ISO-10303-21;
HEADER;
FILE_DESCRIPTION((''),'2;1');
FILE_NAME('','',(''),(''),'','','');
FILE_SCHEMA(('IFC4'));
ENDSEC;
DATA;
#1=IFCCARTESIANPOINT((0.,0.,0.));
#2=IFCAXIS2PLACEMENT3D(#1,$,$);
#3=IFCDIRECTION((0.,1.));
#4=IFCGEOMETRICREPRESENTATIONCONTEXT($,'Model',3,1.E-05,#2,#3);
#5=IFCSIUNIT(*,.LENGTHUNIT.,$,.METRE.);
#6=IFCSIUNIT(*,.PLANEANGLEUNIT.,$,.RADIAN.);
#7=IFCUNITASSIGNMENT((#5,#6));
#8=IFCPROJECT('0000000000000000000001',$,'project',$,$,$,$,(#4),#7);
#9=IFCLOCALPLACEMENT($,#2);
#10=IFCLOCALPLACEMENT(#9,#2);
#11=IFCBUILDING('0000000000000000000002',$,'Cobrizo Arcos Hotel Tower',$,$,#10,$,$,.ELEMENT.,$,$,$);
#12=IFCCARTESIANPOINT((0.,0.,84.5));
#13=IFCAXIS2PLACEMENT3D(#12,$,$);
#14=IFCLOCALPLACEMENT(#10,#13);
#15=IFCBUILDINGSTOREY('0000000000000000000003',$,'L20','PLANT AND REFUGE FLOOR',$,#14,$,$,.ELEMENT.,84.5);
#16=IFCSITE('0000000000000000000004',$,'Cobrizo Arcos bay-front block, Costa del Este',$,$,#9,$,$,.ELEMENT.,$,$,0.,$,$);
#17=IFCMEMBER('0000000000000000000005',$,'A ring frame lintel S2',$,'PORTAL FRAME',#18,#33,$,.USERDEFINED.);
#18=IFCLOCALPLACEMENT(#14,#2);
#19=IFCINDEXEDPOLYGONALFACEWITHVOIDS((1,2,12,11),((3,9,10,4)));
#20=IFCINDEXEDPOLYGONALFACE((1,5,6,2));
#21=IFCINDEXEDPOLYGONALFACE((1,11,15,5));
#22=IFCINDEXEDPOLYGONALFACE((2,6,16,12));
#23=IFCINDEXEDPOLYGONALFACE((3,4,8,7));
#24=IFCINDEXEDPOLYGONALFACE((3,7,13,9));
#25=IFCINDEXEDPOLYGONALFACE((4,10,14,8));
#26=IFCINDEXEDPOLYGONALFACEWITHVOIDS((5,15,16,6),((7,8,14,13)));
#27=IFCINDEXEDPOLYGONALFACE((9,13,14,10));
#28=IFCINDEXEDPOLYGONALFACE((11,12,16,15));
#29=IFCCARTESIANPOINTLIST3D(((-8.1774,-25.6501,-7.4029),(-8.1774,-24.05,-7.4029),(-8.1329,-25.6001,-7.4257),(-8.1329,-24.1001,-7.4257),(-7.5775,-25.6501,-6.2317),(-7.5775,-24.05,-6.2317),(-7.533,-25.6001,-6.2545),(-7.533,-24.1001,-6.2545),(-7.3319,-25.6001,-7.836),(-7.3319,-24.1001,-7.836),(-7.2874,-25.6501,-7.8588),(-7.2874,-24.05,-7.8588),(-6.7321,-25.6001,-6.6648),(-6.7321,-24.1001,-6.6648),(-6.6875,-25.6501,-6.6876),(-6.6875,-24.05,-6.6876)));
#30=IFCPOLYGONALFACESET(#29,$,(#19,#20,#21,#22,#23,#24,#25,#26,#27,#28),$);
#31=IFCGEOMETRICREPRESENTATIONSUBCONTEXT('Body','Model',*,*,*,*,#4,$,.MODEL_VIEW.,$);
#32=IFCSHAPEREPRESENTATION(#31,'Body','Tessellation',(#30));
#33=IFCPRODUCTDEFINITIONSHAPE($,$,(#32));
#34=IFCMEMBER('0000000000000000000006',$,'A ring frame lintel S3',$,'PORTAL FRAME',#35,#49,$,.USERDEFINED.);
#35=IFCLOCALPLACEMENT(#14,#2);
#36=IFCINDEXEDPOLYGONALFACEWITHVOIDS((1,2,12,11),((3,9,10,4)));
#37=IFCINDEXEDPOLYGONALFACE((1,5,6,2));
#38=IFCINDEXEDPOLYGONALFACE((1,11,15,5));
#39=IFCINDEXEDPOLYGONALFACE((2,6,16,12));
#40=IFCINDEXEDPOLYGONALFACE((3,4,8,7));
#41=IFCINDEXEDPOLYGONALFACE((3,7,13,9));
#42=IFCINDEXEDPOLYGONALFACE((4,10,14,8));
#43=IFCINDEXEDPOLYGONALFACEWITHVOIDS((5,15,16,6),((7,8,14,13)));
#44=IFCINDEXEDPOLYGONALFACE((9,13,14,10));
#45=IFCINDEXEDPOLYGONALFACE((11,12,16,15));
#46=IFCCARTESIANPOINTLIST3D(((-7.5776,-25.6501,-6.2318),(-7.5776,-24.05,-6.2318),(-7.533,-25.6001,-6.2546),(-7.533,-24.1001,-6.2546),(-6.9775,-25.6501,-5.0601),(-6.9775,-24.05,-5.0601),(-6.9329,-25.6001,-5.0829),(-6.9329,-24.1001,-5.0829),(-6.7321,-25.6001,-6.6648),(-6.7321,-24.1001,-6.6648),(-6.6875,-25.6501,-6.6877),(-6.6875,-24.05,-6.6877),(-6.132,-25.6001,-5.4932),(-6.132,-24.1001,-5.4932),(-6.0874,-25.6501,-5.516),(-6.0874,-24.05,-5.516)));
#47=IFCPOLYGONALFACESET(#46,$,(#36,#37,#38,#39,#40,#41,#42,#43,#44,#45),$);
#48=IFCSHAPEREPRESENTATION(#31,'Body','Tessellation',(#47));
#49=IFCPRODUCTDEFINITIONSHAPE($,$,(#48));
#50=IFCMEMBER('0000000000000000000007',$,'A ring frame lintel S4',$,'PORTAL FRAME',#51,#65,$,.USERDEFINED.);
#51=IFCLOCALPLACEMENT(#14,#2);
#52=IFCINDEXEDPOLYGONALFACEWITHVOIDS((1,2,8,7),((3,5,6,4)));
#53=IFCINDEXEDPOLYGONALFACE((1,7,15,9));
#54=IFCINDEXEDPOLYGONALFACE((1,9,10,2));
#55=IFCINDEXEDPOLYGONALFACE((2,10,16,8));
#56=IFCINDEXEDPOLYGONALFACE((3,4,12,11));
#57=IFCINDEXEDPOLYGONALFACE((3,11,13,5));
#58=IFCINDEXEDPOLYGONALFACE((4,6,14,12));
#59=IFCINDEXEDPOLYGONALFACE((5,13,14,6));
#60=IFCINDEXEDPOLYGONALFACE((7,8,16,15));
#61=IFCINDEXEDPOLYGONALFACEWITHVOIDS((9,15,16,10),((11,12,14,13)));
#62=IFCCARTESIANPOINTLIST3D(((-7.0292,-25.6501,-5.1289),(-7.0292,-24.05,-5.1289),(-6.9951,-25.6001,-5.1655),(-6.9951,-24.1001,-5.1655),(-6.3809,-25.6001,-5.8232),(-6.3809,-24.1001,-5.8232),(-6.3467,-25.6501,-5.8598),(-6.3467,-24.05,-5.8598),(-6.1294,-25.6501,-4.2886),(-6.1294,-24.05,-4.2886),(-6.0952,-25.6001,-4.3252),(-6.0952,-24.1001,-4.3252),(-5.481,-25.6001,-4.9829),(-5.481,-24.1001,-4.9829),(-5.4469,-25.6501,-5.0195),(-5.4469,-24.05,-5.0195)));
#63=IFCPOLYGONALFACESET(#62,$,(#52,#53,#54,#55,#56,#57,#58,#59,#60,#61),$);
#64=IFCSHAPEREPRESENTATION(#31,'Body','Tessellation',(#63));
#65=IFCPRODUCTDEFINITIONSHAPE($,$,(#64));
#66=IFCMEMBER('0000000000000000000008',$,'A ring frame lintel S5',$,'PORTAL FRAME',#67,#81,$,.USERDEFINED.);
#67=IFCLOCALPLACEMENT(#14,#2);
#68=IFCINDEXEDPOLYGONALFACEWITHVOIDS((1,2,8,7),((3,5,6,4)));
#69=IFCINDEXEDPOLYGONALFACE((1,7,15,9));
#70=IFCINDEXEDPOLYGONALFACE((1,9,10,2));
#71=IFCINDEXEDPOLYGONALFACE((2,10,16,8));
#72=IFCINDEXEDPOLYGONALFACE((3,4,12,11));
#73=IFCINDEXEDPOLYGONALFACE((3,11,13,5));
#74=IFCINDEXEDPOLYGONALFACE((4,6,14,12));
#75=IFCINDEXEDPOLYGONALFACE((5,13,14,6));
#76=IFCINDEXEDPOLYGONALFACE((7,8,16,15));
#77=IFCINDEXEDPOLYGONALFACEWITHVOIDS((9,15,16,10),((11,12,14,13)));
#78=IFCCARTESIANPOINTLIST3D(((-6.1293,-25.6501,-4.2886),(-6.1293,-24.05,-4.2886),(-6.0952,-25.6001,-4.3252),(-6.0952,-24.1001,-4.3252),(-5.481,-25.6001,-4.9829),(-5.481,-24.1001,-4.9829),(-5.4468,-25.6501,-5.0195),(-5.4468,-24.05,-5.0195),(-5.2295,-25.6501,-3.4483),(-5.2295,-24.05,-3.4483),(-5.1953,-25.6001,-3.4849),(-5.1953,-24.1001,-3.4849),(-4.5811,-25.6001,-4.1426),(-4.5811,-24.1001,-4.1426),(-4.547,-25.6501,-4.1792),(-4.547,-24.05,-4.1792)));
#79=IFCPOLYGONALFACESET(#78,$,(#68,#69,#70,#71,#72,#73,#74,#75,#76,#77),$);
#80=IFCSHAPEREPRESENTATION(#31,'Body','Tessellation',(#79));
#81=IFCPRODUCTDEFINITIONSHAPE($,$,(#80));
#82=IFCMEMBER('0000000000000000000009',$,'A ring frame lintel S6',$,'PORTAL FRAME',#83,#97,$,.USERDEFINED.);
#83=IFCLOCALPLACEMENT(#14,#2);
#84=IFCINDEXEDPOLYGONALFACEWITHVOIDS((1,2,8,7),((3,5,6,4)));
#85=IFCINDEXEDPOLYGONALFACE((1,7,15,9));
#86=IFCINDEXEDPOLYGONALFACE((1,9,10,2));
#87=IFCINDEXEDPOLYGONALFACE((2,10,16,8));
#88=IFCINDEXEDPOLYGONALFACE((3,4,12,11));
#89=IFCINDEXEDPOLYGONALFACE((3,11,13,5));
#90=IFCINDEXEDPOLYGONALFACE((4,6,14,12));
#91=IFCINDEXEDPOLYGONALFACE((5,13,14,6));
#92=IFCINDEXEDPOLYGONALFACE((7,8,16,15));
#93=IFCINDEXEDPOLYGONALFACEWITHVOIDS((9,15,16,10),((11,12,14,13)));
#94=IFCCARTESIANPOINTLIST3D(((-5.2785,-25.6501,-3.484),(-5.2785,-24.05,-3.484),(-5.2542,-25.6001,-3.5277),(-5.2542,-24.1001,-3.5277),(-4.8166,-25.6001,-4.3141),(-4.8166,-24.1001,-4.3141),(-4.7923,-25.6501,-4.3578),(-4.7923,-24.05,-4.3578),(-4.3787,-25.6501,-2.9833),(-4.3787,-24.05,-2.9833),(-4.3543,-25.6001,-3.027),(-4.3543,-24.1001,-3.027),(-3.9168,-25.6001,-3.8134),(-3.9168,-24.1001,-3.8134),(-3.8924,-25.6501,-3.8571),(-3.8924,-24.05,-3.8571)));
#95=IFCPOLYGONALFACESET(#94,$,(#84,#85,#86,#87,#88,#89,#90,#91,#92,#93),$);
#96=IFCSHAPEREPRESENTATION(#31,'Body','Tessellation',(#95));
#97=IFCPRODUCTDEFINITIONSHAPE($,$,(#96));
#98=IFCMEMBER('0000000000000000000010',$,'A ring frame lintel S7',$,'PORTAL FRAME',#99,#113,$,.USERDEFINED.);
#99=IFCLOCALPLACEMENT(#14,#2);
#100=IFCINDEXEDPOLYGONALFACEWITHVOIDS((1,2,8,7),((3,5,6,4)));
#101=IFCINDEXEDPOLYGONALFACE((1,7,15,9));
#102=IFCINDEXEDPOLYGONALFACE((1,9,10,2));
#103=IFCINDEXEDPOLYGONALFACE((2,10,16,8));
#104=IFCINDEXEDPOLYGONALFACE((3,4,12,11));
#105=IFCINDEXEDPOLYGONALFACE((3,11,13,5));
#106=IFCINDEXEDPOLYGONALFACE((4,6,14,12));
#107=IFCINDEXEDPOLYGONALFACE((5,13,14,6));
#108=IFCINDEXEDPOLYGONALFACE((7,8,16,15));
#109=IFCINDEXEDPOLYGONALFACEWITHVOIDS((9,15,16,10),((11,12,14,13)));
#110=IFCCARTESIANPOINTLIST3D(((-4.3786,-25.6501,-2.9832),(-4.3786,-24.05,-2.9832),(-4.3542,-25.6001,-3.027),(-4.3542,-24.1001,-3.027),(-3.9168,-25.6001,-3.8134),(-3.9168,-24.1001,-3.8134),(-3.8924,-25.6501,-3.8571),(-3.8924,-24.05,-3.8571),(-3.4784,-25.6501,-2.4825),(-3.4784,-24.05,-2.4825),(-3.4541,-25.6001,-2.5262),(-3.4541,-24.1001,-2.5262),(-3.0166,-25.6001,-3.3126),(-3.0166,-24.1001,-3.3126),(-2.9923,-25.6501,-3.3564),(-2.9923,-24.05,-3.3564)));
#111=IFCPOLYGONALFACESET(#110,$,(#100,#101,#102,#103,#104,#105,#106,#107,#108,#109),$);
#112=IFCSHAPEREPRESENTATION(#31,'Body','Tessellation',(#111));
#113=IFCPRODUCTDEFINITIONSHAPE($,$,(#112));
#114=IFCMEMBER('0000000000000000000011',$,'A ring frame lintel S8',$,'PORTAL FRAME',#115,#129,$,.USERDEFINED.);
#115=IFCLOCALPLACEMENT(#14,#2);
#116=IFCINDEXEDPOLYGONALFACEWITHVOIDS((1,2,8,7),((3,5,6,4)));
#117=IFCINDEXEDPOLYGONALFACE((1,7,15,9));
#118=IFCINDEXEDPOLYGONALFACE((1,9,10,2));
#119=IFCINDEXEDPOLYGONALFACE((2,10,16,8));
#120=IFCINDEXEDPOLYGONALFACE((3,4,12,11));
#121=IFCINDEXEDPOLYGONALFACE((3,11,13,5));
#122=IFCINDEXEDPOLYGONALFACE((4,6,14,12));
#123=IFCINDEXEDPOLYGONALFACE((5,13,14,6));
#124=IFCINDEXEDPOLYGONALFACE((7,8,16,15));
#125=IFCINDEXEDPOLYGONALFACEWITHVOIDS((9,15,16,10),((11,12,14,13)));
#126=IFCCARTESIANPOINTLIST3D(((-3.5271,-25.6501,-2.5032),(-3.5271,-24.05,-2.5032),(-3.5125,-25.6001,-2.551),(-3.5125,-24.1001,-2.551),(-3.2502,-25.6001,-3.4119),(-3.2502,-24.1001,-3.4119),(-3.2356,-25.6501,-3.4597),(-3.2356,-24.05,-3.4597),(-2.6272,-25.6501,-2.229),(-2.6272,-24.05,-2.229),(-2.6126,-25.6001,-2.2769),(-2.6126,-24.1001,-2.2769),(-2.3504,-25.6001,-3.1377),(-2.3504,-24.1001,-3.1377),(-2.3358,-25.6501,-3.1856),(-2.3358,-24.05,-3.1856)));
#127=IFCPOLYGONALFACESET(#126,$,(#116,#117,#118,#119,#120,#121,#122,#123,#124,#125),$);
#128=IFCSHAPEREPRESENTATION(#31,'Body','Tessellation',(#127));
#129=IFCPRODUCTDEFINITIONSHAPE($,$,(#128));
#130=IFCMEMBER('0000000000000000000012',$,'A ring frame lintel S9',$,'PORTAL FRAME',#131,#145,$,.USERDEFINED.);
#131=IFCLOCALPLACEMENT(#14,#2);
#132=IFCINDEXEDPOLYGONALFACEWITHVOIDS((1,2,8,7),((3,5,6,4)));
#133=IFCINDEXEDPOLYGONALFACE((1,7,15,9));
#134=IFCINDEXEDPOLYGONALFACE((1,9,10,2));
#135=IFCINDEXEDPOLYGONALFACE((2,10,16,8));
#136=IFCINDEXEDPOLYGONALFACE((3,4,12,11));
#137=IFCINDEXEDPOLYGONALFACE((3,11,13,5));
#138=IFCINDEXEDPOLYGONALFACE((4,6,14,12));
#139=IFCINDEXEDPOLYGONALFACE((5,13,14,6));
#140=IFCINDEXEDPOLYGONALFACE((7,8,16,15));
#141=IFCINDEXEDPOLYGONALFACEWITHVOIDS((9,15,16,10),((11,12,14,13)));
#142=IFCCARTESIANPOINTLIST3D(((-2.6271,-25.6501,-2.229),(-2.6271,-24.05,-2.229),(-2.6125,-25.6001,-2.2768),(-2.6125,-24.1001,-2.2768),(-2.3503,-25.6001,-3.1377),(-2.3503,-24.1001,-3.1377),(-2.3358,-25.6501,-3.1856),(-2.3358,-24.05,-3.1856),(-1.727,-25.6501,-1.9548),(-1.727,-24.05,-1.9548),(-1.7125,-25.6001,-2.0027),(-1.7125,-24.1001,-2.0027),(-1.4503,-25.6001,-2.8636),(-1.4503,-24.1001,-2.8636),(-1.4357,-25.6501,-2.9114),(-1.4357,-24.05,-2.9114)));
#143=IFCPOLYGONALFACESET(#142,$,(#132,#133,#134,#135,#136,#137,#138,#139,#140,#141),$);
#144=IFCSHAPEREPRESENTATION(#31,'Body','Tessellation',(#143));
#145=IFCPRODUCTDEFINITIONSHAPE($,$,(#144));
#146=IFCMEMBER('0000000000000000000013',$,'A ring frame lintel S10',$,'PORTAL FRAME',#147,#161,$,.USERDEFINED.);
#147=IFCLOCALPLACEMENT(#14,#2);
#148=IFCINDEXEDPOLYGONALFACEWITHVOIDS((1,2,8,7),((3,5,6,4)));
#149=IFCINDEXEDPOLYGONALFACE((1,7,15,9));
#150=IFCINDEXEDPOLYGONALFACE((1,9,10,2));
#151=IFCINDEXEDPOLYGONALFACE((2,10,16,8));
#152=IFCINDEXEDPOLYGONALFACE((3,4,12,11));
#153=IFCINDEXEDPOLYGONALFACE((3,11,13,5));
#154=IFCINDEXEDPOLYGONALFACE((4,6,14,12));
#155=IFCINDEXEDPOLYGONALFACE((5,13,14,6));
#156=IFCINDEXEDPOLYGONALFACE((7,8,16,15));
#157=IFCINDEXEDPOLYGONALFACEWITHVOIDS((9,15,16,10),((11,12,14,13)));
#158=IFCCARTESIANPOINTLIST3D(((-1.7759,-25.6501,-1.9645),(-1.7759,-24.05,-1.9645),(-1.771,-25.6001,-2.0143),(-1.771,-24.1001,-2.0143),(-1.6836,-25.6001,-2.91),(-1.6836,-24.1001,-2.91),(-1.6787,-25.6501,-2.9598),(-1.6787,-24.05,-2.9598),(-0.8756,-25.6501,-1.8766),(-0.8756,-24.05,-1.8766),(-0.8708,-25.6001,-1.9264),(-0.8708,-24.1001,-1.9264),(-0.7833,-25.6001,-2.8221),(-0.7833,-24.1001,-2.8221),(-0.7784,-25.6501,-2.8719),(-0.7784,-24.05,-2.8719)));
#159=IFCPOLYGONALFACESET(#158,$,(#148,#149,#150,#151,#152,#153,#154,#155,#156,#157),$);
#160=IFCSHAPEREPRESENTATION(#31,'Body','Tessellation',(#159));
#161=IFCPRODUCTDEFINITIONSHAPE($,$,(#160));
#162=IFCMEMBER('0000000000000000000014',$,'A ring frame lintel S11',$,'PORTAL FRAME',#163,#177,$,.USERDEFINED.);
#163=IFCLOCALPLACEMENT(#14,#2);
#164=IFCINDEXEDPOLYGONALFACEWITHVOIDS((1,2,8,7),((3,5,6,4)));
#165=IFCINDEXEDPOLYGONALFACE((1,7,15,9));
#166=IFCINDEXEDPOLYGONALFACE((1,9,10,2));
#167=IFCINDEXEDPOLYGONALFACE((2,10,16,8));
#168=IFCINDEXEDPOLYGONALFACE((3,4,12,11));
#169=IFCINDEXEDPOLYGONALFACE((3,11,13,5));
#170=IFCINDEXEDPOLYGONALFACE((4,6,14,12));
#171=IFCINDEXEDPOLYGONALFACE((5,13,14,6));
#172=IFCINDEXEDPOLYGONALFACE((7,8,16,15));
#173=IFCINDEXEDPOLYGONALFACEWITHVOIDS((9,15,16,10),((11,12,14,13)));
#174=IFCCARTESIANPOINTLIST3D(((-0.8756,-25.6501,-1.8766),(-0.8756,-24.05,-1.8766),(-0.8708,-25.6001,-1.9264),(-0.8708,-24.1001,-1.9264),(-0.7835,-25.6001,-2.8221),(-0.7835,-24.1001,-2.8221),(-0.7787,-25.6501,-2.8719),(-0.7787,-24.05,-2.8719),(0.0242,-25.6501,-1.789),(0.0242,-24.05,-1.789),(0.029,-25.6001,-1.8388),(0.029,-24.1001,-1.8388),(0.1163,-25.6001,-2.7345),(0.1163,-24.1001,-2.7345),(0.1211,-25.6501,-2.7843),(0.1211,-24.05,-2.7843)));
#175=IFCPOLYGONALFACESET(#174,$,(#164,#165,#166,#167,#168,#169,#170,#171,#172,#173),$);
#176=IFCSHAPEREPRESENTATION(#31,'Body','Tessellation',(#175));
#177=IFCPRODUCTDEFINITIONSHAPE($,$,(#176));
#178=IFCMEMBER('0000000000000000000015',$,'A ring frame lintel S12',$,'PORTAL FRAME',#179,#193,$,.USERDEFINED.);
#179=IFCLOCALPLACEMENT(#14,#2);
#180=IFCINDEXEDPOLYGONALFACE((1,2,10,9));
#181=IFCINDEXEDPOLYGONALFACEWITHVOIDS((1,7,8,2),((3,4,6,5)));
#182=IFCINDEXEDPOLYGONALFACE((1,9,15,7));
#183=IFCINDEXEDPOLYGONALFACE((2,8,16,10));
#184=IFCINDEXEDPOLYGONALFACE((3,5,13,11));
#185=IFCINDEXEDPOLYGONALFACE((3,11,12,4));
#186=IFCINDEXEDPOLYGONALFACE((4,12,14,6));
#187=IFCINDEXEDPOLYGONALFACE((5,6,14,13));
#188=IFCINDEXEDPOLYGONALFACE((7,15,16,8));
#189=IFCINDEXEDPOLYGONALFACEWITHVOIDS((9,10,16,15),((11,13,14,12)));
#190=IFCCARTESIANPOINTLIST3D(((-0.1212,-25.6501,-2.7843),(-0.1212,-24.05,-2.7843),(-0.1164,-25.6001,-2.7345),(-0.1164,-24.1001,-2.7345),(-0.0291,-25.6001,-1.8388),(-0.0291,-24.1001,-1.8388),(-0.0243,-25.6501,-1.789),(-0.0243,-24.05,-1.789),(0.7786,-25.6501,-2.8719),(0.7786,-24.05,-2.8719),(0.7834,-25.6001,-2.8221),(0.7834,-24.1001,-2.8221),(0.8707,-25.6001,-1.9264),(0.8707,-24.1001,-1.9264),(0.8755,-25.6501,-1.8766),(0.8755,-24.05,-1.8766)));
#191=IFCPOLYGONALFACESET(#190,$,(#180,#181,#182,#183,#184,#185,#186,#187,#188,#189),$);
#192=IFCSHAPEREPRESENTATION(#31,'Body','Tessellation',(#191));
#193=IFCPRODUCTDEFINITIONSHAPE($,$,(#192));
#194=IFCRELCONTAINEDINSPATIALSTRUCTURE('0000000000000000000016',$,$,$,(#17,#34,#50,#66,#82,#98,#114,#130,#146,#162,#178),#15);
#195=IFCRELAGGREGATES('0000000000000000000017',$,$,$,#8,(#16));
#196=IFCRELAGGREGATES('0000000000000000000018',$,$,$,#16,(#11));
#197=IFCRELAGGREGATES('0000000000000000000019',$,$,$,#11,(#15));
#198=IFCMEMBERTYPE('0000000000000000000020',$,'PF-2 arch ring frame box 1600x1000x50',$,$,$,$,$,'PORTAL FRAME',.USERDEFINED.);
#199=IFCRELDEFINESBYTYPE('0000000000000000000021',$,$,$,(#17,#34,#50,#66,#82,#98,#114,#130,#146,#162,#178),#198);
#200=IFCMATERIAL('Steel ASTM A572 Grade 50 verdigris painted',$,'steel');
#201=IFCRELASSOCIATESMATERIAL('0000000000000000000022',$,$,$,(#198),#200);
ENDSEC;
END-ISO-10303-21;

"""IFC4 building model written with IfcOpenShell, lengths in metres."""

from ifc_helpers import new_model, si_unit, direction, frame, origin, origin_2d, place, context, subcontext, project, spatial, hollow_rectangle, extrude, material, material_profile, profile_set, type_object, element, save


model = new_model("IFC4")

# Units and contexts
model_context = context("Model", 3, precision=1e-05, world=origin(), true_north=direction((0.0, 1.0)))
body_context = subcontext(model_context, "Body", "Model", "MODEL_VIEW")
ifc_project = project(units=[si_unit("LENGTHUNIT", "METRE"), si_unit("PLANEANGLEUNIT", "RADIAN")], contexts=[model_context])

# Site, building, storey
site_placement = place(None, origin())
site = spatial("IfcSite", under=ifc_project, at=site_placement, Name="Cobrizo Arcos bay-front block, Costa del Este", CompositionType="ELEMENT", RefElevation=0.0)
building_placement = place(site_placement, origin())
building = spatial("IfcBuilding", under=site, at=building_placement, Name="Cobrizo Arcos Hotel Tower", CompositionType="ELEMENT")
storey_placement = place(building_placement, frame((0.0, 0.0, 84.5)))
storey = spatial("IfcBuildingStorey", under=building, at=storey_placement, Name="L20", Description="PLANT AND REFUGE FLOOR", CompositionType="ELEMENT", Elevation=84.5)

# Members
ifc_material_1 = material(Name="Steel ASTM A572 Grade 50 verdigris painted", Category="steel")
ifc_material_profile_1 = material_profile(ifc_material_1, hollow_rectangle(XDim=1.6001, YDim=1.0, WallThickness=0.05, at=origin_2d()), Name="PF-2 arch ring frame box 1600x1000x50")
ifc_profile_set_1 = profile_set([ifc_material_profile_1], Name="Steel ASTM A572 Grade 50 verdigris painted")
member_type_1 = type_object("IfcMemberType", Name="PF-2 arch ring frame box 1600x1000x50", ElementType="PORTAL FRAME", PredefinedType="USERDEFINED", material=ifc_profile_set_1)
member_1_placement = place(storey_placement, frame((-7.7324, -24.8501, -7.6309), z_axis=(0.455876, 0.0, 0.890043), x_axis=(0.0, 1.0, 0.0)))
element("IfcMember", 1, at=member_1_placement, inside=storey, type_object=member_type_1, Name="A ring frame lintel S2", ObjectType="PORTAL FRAME", PredefinedType="USERDEFINED", context=body_context, shape_type="SweptSolid", body=[
    extrude(hollow_rectangle(XDim=1.6001, YDim=1.0, WallThickness=0.05, at=origin_2d()), origin(), (0.0, 0.0, 1.0), 1.3159),
])
member_2_placement = place(storey_placement, frame((-7.1326, -24.8501, -6.4597), z_axis=(0.455872, 0.0, 0.890045), x_axis=(0.0, 1.0, 0.0)))
element("IfcMember", 2, at=member_2_placement, inside=storey, type_object=member_type_1, Name="A ring frame lintel S3", ObjectType="PORTAL FRAME", PredefinedType="USERDEFINED", context=body_context, shape_type="SweptSolid", body=[
    extrude(hollow_rectangle(XDim=1.6001, YDim=1.0, WallThickness=0.05, at=origin_2d()), origin(), (0.0, 0.0, 1.0), 1.3164),
])
for number, where, z_axis, x_axis, name in (
    (3, (-6.688, -24.8501, -5.4944), (0.730884, 0.0, 0.682502), (0.0, 1.0, 0.0), "A ring frame lintel S4"),
    (4, (-5.7881, -24.8501, -4.6541), (0.730884, 0.0, 0.682502), (0.0, 1.0, 0.0), "A ring frame lintel S5"),
):
    element("IfcMember", number, at=place(storey_placement, frame(where, z_axis=z_axis, x_axis=x_axis)), inside=storey, type_object=member_type_1, Name=name, ObjectType="PORTAL FRAME", PredefinedType="USERDEFINED", context=body_context, shape_type="SweptSolid", body=[
        extrude(hollow_rectangle(XDim=1.6001, YDim=1.0, WallThickness=0.05, at=origin_2d()), origin(), (0.0, 0.0, 1.0), 1.2312),
    ])
member_3_placement = place(storey_placement, frame((-5.0354, -24.8501, -3.9209), z_axis=(0.873833, 0.0, 0.486227), x_axis=(0.0, 1.0, 0.0)))
element("IfcMember", 5, at=member_3_placement, inside=storey, type_object=member_type_1, Name="A ring frame lintel S6", ObjectType="PORTAL FRAME", PredefinedType="USERDEFINED", context=body_context, shape_type="SweptSolid", body=[
    extrude(hollow_rectangle(XDim=1.6001, YDim=1.0, WallThickness=0.05, at=origin_2d()), origin(), (0.0, 0.0, 1.0), 1.0298),
])
member_4_placement = place(storey_placement, frame((-4.1355, -24.8501, -3.4202), z_axis=(0.873889, 0.0, 0.486126), x_axis=(0.0, 1.0, 0.0)))
element("IfcMember", 6, at=member_4_placement, inside=storey, type_object=member_type_1, Name="A ring frame lintel S7", ObjectType="PORTAL FRAME", PredefinedType="USERDEFINED", context=body_context, shape_type="SweptSolid", body=[
    extrude(hollow_rectangle(XDim=1.6001, YDim=1.0, WallThickness=0.05, at=origin_2d()), origin(), (0.0, 0.0, 1.0), 1.03),
])
member_5_placement = place(storey_placement, frame((-3.3813, -24.8501, -2.9814), z_axis=(0.956589, 0.0, 0.29144), x_axis=(0.0, 1.0, 0.0)))
element("IfcMember", 7, at=member_5_placement, inside=storey, type_object=member_type_1, Name="A ring frame lintel S8", ObjectType="PORTAL FRAME", PredefinedType="USERDEFINED", context=body_context, shape_type="SweptSolid", body=[
    extrude(hollow_rectangle(XDim=1.6001, YDim=1.0, WallThickness=0.05, at=origin_2d()), origin(), (0.0, 0.0, 1.0), 0.9407),
])
member_6_placement = place(storey_placement, frame((-2.4814, -24.8501, -2.7073), z_axis=(0.956611, 0.0, 0.291368), x_axis=(0.0, 1.0, 0.0)))
element("IfcMember", 8, at=member_6_placement, inside=storey, type_object=member_type_1, Name="A ring frame lintel S9", ObjectType="PORTAL FRAME", PredefinedType="USERDEFINED", context=body_context, shape_type="SweptSolid", body=[
    extrude(hollow_rectangle(XDim=1.6001, YDim=1.0, WallThickness=0.05, at=origin_2d()), origin(), (0.0, 0.0, 1.0), 0.9409),
])
member_7_placement = place(storey_placement, frame((-1.7273, -24.8501, -2.4622), z_axis=(0.995267, 0.0, 0.097178), x_axis=(0.0, 1.0, 0.0)))
element("IfcMember", 9, at=member_7_placement, inside=storey, type_object=member_type_1, Name="A ring frame lintel S10", ObjectType="PORTAL FRAME", PredefinedType="USERDEFINED", context=body_context, shape_type="SweptSolid", body=[
    extrude(hollow_rectangle(XDim=1.6001, YDim=1.0, WallThickness=0.05, at=origin_2d()), origin(), (0.0, 0.0, 1.0), 0.9045),
])
for number, where, z_axis, x_axis, name in (
    (10, (-0.8271, -24.8501, -2.3743), (0.995291, 0.0, 0.096937), (0.0, 1.0, 0.0), "A ring frame lintel S11"),
    (11, (-0.0728, -24.8501, -2.2866), (0.995291, 0.0, -0.096937), (0.0, 1.0, 0.0), "A ring frame lintel S12"),
):
    element("IfcMember", number, at=place(storey_placement, frame(where, z_axis=z_axis, x_axis=x_axis)), inside=storey, type_object=member_type_1, Name=name, ObjectType="PORTAL FRAME", PredefinedType="USERDEFINED", context=body_context, shape_type="SweptSolid", body=[
        extrude(hollow_rectangle(XDim=1.6001, YDim=1.0, WallThickness=0.05, at=origin_2d()), origin(), (0.0, 0.0, 1.0), 0.9041),
    ])

save(model, "model.ifc")
